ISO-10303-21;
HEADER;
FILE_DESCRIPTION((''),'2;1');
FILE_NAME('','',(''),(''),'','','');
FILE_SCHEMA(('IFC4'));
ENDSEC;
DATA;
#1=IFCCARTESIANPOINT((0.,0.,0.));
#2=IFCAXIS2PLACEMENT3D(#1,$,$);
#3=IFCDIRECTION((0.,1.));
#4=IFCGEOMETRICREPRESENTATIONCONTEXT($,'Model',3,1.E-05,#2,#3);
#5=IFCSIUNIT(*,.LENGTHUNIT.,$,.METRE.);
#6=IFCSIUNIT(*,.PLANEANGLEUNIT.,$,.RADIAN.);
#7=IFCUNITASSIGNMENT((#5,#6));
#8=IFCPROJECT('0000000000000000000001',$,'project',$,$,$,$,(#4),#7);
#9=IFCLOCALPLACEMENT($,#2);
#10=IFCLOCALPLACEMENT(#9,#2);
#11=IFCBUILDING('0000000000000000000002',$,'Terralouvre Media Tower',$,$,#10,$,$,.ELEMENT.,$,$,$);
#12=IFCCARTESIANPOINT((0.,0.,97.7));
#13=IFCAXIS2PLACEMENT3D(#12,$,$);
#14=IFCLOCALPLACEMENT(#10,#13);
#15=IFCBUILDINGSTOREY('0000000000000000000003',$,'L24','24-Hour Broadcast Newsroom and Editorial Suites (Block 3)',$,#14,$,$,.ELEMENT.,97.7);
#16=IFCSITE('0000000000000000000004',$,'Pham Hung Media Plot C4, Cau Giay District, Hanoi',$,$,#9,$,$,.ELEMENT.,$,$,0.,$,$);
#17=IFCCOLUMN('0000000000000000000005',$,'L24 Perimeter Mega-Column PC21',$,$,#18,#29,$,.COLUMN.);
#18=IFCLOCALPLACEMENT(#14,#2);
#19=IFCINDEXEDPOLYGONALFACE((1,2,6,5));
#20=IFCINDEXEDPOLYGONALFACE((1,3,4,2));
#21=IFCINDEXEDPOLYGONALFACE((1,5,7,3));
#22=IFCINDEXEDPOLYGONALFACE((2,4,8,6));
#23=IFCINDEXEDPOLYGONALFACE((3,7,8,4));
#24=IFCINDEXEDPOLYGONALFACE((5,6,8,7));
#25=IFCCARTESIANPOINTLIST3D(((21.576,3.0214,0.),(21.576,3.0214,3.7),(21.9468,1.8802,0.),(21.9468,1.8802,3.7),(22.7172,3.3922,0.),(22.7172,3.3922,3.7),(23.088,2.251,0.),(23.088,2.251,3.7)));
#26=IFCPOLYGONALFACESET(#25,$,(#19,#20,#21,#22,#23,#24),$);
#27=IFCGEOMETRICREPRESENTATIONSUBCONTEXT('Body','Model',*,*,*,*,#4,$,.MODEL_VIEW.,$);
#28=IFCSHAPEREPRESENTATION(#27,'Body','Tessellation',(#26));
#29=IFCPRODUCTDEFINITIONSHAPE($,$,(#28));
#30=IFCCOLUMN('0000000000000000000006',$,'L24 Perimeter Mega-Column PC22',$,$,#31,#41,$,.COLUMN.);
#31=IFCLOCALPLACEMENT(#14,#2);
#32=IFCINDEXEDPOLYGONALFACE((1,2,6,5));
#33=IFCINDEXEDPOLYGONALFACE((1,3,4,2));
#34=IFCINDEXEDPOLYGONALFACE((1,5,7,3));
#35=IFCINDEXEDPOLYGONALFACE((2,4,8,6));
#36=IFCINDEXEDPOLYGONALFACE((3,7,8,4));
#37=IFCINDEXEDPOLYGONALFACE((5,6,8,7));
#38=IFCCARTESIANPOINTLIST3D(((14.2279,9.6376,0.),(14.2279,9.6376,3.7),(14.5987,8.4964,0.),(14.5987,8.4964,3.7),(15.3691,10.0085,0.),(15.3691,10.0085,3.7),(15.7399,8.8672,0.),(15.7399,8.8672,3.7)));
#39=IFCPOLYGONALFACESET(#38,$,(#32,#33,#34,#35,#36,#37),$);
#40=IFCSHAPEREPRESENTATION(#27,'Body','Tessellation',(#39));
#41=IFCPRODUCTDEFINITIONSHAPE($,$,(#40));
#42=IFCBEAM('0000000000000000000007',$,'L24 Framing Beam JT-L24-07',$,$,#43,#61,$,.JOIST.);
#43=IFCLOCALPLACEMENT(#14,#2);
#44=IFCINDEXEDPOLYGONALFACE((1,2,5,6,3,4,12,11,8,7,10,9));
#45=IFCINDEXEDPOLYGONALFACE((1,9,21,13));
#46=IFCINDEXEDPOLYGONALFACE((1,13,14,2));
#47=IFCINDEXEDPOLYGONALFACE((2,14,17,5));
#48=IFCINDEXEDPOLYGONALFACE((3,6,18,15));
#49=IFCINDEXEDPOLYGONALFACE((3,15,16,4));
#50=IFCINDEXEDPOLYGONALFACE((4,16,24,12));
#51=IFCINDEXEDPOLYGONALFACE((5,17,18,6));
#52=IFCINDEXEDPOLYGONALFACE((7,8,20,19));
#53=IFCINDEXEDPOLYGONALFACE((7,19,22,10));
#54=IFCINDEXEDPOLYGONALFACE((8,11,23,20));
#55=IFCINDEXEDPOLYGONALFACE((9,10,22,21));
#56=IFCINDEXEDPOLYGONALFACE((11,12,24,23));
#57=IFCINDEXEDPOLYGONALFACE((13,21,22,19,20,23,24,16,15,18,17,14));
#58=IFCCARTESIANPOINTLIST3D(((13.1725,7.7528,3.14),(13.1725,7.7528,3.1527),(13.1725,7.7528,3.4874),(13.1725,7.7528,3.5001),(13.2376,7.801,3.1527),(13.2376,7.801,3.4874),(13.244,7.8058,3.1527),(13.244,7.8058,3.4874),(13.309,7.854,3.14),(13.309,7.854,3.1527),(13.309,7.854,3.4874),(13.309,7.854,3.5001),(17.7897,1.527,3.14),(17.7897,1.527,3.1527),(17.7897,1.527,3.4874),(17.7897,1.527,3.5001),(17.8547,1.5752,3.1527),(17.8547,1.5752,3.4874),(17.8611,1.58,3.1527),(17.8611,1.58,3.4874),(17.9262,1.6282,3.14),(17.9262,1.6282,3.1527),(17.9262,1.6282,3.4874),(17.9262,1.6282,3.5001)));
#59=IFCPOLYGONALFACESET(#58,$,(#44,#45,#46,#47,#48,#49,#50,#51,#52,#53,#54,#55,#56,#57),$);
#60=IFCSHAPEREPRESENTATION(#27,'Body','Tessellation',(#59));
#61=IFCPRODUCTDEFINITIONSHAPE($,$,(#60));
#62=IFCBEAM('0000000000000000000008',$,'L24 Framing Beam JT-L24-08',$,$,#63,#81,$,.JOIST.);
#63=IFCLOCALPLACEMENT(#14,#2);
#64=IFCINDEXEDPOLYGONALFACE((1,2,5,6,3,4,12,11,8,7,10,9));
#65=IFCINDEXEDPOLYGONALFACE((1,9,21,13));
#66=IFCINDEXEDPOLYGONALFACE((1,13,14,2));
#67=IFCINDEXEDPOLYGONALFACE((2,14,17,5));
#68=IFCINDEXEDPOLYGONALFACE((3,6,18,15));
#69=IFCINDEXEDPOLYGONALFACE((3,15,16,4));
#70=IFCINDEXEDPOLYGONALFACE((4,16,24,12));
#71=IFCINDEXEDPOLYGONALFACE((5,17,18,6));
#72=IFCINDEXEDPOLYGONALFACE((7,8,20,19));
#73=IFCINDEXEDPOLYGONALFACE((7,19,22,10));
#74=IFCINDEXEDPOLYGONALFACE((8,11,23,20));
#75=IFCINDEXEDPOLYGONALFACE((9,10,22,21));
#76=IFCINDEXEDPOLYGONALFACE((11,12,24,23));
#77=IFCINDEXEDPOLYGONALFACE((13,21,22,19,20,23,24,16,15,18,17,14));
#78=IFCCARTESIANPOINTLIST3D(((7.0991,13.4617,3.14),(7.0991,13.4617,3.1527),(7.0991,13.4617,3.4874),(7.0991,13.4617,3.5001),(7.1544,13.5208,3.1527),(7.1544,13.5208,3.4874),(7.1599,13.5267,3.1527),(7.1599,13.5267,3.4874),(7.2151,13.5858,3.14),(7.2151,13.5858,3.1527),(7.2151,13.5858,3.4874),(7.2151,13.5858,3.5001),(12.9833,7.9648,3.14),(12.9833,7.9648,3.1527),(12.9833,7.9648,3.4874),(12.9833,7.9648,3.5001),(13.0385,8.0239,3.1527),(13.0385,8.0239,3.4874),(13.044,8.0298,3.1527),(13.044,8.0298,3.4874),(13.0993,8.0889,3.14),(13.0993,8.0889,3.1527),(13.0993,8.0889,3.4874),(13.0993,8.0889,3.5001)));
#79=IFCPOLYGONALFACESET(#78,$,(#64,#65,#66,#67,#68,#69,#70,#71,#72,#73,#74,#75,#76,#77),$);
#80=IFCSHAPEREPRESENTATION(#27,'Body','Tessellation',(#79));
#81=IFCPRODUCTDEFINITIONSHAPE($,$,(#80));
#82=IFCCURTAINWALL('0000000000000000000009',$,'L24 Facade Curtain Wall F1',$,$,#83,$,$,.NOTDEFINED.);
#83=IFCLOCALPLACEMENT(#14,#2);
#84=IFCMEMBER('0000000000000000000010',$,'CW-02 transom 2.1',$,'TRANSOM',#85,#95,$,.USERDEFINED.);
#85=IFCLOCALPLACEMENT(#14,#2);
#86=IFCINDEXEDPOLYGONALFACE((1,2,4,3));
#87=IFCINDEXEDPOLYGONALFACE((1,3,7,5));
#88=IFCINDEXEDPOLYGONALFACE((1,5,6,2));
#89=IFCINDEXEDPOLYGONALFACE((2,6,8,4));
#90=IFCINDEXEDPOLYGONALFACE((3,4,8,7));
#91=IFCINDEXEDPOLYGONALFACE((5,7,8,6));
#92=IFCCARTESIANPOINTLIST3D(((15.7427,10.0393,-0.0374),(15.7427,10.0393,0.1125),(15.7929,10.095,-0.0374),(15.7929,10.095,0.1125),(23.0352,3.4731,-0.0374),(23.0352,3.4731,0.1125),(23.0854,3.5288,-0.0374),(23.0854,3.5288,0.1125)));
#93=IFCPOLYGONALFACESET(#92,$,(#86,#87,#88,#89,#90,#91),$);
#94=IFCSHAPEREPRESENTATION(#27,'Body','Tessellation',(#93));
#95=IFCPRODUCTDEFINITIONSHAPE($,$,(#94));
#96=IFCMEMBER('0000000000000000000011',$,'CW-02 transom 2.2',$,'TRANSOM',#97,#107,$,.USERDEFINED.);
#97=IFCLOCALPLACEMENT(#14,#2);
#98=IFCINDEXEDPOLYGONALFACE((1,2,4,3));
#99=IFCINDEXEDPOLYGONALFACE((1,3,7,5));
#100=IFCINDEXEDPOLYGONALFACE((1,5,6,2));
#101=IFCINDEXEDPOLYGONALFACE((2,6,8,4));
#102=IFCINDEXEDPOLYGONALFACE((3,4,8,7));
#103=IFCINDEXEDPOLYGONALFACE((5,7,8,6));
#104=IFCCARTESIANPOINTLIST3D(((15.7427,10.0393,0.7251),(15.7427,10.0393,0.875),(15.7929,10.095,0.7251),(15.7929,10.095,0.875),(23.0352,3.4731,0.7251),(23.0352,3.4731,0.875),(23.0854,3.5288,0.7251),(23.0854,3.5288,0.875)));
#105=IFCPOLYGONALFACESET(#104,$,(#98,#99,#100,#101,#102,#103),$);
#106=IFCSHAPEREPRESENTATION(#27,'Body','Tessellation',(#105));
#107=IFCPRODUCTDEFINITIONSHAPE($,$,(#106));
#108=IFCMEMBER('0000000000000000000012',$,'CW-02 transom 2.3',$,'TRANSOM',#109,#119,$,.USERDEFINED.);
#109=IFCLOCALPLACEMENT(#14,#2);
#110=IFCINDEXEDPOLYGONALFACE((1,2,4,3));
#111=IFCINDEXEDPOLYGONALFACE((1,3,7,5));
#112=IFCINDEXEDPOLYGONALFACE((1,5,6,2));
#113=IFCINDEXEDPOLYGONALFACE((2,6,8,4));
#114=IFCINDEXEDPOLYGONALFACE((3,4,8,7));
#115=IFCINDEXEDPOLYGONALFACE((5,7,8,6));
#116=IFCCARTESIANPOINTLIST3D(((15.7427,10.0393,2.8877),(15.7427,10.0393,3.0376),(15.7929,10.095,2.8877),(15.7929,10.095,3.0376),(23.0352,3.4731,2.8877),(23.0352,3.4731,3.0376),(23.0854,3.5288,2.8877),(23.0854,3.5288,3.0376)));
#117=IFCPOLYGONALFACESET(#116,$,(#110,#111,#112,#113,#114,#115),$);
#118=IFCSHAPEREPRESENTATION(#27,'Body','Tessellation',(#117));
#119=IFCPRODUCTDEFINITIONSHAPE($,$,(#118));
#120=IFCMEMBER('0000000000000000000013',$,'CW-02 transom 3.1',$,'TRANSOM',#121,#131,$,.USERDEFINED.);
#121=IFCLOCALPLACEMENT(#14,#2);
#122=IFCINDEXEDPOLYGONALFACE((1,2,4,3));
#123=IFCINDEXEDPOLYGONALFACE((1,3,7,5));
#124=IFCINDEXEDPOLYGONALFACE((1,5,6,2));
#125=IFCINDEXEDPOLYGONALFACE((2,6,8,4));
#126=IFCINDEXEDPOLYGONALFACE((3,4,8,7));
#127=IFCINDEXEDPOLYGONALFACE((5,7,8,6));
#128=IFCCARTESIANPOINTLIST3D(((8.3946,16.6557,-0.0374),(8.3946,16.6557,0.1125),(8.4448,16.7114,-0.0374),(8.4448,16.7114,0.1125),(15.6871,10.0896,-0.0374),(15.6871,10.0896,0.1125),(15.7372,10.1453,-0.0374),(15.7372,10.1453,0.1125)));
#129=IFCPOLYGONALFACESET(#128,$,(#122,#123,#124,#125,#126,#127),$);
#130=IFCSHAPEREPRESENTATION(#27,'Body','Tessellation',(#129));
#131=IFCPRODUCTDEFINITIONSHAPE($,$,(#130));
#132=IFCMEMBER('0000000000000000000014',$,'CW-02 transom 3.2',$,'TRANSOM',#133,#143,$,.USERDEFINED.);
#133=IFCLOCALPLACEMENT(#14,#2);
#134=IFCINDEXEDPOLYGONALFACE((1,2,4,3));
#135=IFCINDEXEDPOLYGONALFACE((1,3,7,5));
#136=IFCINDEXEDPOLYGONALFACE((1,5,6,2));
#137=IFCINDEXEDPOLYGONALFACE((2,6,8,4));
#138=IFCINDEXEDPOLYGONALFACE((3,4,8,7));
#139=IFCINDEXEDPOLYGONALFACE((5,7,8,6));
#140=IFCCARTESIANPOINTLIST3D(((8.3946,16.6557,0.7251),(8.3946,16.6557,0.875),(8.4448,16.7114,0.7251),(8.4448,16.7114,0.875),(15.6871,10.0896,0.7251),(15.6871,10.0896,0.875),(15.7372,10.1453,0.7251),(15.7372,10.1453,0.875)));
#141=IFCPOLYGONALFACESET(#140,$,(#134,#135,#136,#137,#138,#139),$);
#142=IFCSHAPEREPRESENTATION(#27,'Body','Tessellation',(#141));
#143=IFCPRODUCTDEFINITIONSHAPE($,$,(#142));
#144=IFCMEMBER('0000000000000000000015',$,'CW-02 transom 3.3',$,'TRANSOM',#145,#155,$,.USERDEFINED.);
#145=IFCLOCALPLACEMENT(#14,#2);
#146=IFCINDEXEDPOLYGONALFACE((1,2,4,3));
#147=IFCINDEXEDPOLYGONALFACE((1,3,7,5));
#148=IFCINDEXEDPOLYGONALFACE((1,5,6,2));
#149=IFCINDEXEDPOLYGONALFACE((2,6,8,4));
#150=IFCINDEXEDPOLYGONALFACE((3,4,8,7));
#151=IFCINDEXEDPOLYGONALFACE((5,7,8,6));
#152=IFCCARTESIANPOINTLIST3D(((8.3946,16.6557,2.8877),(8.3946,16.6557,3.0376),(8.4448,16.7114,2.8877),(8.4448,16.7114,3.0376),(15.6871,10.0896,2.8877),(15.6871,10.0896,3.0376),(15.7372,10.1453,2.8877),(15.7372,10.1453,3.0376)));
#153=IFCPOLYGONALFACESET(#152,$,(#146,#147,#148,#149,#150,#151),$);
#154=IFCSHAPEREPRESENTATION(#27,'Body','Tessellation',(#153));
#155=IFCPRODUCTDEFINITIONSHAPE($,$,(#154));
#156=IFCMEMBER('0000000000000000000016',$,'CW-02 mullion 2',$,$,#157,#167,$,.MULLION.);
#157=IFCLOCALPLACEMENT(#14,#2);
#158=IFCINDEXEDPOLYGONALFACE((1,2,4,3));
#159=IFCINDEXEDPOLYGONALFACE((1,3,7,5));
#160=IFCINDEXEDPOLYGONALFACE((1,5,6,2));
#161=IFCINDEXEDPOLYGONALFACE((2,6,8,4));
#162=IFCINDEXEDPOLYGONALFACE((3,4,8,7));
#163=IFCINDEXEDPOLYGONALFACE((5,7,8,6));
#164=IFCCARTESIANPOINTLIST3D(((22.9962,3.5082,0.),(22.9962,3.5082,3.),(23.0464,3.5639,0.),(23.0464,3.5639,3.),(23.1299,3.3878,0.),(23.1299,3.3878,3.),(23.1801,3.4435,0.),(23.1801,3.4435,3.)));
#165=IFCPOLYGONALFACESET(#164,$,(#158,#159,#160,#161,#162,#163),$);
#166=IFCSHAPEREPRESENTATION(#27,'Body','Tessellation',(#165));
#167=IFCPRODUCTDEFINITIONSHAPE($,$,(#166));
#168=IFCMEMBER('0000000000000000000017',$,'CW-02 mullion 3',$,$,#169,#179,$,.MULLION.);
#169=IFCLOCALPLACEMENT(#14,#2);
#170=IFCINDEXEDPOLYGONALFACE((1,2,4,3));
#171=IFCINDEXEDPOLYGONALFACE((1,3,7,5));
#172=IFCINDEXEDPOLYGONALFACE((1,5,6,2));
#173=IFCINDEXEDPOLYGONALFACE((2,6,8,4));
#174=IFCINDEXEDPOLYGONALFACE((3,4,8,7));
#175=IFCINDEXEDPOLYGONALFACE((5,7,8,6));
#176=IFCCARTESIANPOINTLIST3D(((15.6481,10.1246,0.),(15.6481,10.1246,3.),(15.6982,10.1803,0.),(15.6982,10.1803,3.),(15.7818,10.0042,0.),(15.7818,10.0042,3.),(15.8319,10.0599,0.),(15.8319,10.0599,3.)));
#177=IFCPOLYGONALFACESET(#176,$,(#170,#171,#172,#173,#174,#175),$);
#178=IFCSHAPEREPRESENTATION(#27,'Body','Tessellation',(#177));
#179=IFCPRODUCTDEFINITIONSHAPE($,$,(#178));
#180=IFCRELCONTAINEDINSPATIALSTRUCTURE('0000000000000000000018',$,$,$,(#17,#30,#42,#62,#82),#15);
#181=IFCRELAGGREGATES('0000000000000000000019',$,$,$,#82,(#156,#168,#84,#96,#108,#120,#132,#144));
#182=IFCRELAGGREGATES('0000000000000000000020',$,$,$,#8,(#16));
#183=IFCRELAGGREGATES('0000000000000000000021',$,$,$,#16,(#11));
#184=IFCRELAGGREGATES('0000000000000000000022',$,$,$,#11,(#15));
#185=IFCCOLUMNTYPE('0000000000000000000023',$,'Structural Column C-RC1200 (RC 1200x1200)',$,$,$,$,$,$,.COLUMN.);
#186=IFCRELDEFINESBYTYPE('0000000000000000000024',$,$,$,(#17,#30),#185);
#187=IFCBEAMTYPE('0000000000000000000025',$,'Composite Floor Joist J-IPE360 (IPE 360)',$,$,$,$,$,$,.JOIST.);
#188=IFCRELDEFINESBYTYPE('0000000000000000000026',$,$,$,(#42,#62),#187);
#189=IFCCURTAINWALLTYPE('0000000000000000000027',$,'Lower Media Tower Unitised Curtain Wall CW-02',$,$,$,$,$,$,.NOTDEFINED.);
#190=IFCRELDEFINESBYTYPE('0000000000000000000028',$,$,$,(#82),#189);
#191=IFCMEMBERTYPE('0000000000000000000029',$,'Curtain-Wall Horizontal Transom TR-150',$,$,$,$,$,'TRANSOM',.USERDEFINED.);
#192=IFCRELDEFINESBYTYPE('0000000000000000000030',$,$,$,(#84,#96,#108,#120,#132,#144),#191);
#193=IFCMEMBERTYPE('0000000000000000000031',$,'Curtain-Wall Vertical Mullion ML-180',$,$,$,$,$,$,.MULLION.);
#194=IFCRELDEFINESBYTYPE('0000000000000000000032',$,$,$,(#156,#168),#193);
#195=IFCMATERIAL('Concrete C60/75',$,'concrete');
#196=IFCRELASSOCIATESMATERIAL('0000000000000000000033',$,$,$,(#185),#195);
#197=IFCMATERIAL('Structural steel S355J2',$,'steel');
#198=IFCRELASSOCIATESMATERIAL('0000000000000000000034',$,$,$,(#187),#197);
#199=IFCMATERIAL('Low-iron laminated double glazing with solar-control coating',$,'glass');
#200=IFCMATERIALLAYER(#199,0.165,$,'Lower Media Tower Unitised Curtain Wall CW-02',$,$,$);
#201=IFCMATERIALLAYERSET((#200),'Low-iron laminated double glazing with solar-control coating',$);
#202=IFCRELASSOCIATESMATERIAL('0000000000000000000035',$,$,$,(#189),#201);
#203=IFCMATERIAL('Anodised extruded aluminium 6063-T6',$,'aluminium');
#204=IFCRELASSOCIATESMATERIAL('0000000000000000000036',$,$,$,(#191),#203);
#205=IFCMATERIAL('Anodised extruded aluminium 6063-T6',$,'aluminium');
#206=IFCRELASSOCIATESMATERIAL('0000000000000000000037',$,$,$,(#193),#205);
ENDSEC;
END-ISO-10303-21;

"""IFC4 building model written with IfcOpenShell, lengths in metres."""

from ifc_helpers import new_model, si_unit, direction, frame, origin, origin_2d, place, context, subcontext, project, spatial, rectangle, i_section, extrude, material, layer, layer_set, material_profile, profile_set, type_object, element, aggregate, save


model = new_model("IFC4")

# Units and contexts
model_context = context("Model", 3, precision=1e-05, world=origin(), true_north=direction((0.0, 1.0)))
body_context = subcontext(model_context, "Body", "Model", "MODEL_VIEW")
ifc_project = project(units=[si_unit("LENGTHUNIT", "METRE"), si_unit("PLANEANGLEUNIT", "RADIAN")], contexts=[model_context])

# Site, building, storey
site_placement = place(None, origin())
site = spatial("IfcSite", under=ifc_project, at=site_placement, Name="Pham Hung Media Plot C4, Cau Giay District, Hanoi", CompositionType="ELEMENT", RefElevation=0.0)
building_placement = place(site_placement, origin())
building = spatial("IfcBuilding", under=site, at=building_placement, Name="Terralouvre Media Tower", CompositionType="ELEMENT")
storey_placement = place(building_placement, frame((0.0, 0.0, 97.7)))
storey = spatial("IfcBuildingStorey", under=building, at=storey_placement, Name="L24", Description="24-Hour Broadcast Newsroom and Editorial Suites (Block 3)", CompositionType="ELEMENT", Elevation=97.7)

# Columns
ifc_material_1 = material(Name="Concrete C60/75", Category="concrete")
ifc_material_profile_1 = material_profile(ifc_material_1, rectangle(XDim=1.2, YDim=1.2, at=origin_2d()), Name="RC 1200x1200")
ifc_profile_set_1 = profile_set([ifc_material_profile_1], Name="Concrete C60/75")
column_type = type_object("IfcColumnType", Name="Structural Column C-RC1200 (RC 1200x1200)", PredefinedType="COLUMN", material=ifc_profile_set_1)
for number, where, z_axis, x_axis, name in (
    (1, (22.332, 2.6362, 0.0), (0.0, 0.0, 1.0), (0.951057, 0.309017, 0.0), "L24 Perimeter Mega-Column PC21"),
    (2, (14.9839, 9.2524, 0.0), (0.0, 0.0, 1.0), (0.951057, 0.309017, 0.0), "L24 Perimeter Mega-Column PC22"),
):
    element("IfcColumn", number, at=place(storey_placement, frame(where, z_axis=z_axis, x_axis=x_axis)), inside=storey, type_object=column_type, Name=name, PredefinedType="COLUMN", context=body_context, shape_type="SweptSolid", body=[
        extrude(rectangle(XDim=1.2, YDim=1.2, at=origin_2d()), origin(), (0.0, 0.0, 1.0), 3.7),
    ])

# Beams
ifc_material_2 = material(Name="Structural steel S355J2", Category="steel")
ifc_material_profile_2 = material_profile(ifc_material_2, i_section(OverallWidth=0.1699, OverallDepth=0.3601, WebThickness=0.0081, FlangeThickness=0.0127, at=origin_2d()), Name="IPE 360")
ifc_profile_set_2 = profile_set([ifc_material_profile_2], Name="Structural steel S355J2")
beam_type_1 = type_object("IfcBeamType", Name="Composite Floor Joist J-IPE360 (IPE 360)", PredefinedType="JOIST", material=ifc_profile_set_2)
beam_1_placement = place(storey_placement, frame((17.8579, 1.5776, 3.3201), z_axis=(-0.595682, 0.80322, 0.0), x_axis=(-0.80322, -0.595682, 0.0)))
element("IfcBeam", 3, at=beam_1_placement, inside=storey, type_object=beam_type_1, Name="L24 Framing Beam JT-L24-07", PredefinedType="JOIST", context=body_context, shape_type="SweptSolid", body=[
    extrude(i_section(OverallWidth=0.1699, OverallDepth=0.3601, WebThickness=0.0081, FlangeThickness=0.0127, at=origin_2d()), origin(), (0.0, 0.0, 1.0), 7.751),
])
beam_2_placement = place(storey_placement, frame((13.0413, 8.0269, 3.3201), z_axis=(-0.730742, 0.682654, 0.0), x_axis=(-0.682654, -0.730742, 0.0)))
element("IfcBeam", 4, at=beam_2_placement, inside=storey, type_object=beam_type_1, Name="L24 Framing Beam JT-L24-08", PredefinedType="JOIST", context=body_context, shape_type="SweptSolid", body=[
    extrude(i_section(OverallWidth=0.1699, OverallDepth=0.3601, WebThickness=0.0081, FlangeThickness=0.0127, at=origin_2d()), origin(), (0.0, 0.0, 1.0), 8.0522),
])

# Curtain wall, members
ifc_material_3 = material(Name="Low-iron laminated double glazing with solar-control coating", Category="glass")
ifc_layer_1 = layer(ifc_material_3, 0.165, Name="Lower Media Tower Unitised Curtain Wall CW-02")
ifc_layer_set_1 = layer_set([ifc_layer_1], Name="Low-iron laminated double glazing with solar-control coating")
curtain_wall_type = type_object("IfcCurtainWallType", Name="Lower Media Tower Unitised Curtain Wall CW-02", PredefinedType="NOTDEFINED", material=ifc_layer_set_1)
curtain_wall_placement = place(storey_placement, origin())
curtain_wall = element("IfcCurtainWall", 5, at=curtain_wall_placement, inside=storey, type_object=curtain_wall_type, Name="L24 Facade Curtain Wall F1", PredefinedType="NOTDEFINED")
ifc_material_4 = material(Name="Anodised extruded aluminium 6063-T6", Category="aluminium")
ifc_material_profile_3 = material_profile(ifc_material_4, rectangle(XDim=0.075, YDim=0.1499, at=origin_2d()), Name="ALU 75x150")
ifc_profile_set_3 = profile_set([ifc_material_profile_3], Name="Anodised extruded aluminium 6063-T6")
member_type_1 = type_object("IfcMemberType", Name="Curtain-Wall Horizontal Transom TR-150", ElementType="TRANSOM", PredefinedType="USERDEFINED", material=ifc_profile_set_3)
member_1_placement = place(storey_placement, frame((23.0603, 3.501, 0.0376), z_axis=(-0.743146, 0.66913, 0.0), x_axis=(-0.66913, -0.743146, 0.0)))
member_1 = element("IfcMember", 6, at=member_1_placement, type_object=member_type_1, Name="CW-02 transom 2.1", ObjectType="TRANSOM", PredefinedType="USERDEFINED", context=body_context, shape_type="SweptSolid", body=[
    extrude(rectangle(XDim=0.075, YDim=0.1499, at=origin_2d()), origin(), (0.0, 0.0, 1.0), 9.813),
])
member_2_placement = place(storey_placement, frame((23.0603, 3.501, 0.8), z_axis=(-0.743146, 0.66913, 0.0), x_axis=(-0.66913, -0.743146, 0.0)))
member_2 = element("IfcMember", 7, at=member_2_placement, type_object=member_type_1, Name="CW-02 transom 2.2", ObjectType="TRANSOM", PredefinedType="USERDEFINED", context=body_context, shape_type="SweptSolid", body=[
    extrude(rectangle(XDim=0.075, YDim=0.1499, at=origin_2d()), origin(), (0.0, 0.0, 1.0), 9.813),
])
member_3_placement = place(storey_placement, frame((23.0603, 3.501, 2.9626), z_axis=(-0.743146, 0.66913, 0.0), x_axis=(-0.66913, -0.743146, 0.0)))
member_3 = element("IfcMember", 8, at=member_3_placement, type_object=member_type_1, Name="CW-02 transom 2.3", ObjectType="TRANSOM", PredefinedType="USERDEFINED", context=body_context, shape_type="SweptSolid", body=[
    extrude(rectangle(XDim=0.075, YDim=0.1499, at=origin_2d()), origin(), (0.0, 0.0, 1.0), 9.813),
])
member_4_placement = place(storey_placement, frame((15.7122, 10.1174, 0.0376), z_axis=(-0.743146, 0.66913, 0.0), x_axis=(-0.66913, -0.743146, 0.0)))
member_4 = element("IfcMember", 9, at=member_4_placement, type_object=member_type_1, Name="CW-02 transom 3.1", ObjectType="TRANSOM", PredefinedType="USERDEFINED", context=body_context, shape_type="SweptSolid", body=[
    extrude(rectangle(XDim=0.075, YDim=0.1499, at=origin_2d()), origin(), (0.0, 0.0, 1.0), 9.813),
])
member_5_placement = place(storey_placement, frame((15.7122, 10.1174, 0.8), z_axis=(-0.743146, 0.66913, 0.0), x_axis=(-0.66913, -0.743146, 0.0)))
member_5 = element("IfcMember", 10, at=member_5_placement, type_object=member_type_1, Name="CW-02 transom 3.2", ObjectType="TRANSOM", PredefinedType="USERDEFINED", context=body_context, shape_type="SweptSolid", body=[
    extrude(rectangle(XDim=0.075, YDim=0.1499, at=origin_2d()), origin(), (0.0, 0.0, 1.0), 9.813),
])
member_6_placement = place(storey_placement, frame((15.7122, 10.1174, 2.9626), z_axis=(-0.743146, 0.66913, 0.0), x_axis=(-0.66913, -0.743146, 0.0)))
member_6 = element("IfcMember", 11, at=member_6_placement, type_object=member_type_1, Name="CW-02 transom 3.3", ObjectType="TRANSOM", PredefinedType="USERDEFINED", context=body_context, shape_type="SweptSolid", body=[
    extrude(rectangle(XDim=0.075, YDim=0.1499, at=origin_2d()), origin(), (0.0, 0.0, 1.0), 9.813),
])
ifc_material_5 = material(Name="Anodised extruded aluminium 6063-T6", Category="aluminium")
ifc_material_profile_4 = material_profile(ifc_material_5, rectangle(XDim=0.075, YDim=0.1799, at=origin_2d()), Name="ALU 75x180")
ifc_profile_set_4 = profile_set([ifc_material_profile_4], Name="Anodised extruded aluminium 6063-T6")
member_type_2 = type_object("IfcMemberType", Name="Curtain-Wall Vertical Mullion ML-180", PredefinedType="MULLION", material=ifc_profile_set_4)
member_7_placement = place(storey_placement, frame((23.0881, 3.4758, 0.0), z_axis=(0.0, 0.0, 1.0), x_axis=(-0.669131, -0.743145, 0.0)))
member_7 = element("IfcMember", 12, at=member_7_placement, type_object=member_type_2, Name="CW-02 mullion 2", PredefinedType="MULLION", context=body_context, shape_type="SweptSolid", body=[
    extrude(rectangle(XDim=0.075, YDim=0.1799, at=origin_2d()), origin(), (0.0, 0.0, 1.0), 3.0),
])
member_8_placement = place(storey_placement, frame((15.74, 10.0923, 0.0), z_axis=(0.0, 0.0, 1.0), x_axis=(-0.669131, -0.743145, 0.0)))
member_8 = element("IfcMember", 13, at=member_8_placement, type_object=member_type_2, Name="CW-02 mullion 3", PredefinedType="MULLION", context=body_context, shape_type="SweptSolid", body=[
    extrude(rectangle(XDim=0.075, YDim=0.1799, at=origin_2d()), origin(), (0.0, 0.0, 1.0), 3.0),
])

aggregate(curtain_wall, [member_7, member_8, member_1, member_2, member_3, member_4, member_5, member_6])

save(model, "model.ifc")
